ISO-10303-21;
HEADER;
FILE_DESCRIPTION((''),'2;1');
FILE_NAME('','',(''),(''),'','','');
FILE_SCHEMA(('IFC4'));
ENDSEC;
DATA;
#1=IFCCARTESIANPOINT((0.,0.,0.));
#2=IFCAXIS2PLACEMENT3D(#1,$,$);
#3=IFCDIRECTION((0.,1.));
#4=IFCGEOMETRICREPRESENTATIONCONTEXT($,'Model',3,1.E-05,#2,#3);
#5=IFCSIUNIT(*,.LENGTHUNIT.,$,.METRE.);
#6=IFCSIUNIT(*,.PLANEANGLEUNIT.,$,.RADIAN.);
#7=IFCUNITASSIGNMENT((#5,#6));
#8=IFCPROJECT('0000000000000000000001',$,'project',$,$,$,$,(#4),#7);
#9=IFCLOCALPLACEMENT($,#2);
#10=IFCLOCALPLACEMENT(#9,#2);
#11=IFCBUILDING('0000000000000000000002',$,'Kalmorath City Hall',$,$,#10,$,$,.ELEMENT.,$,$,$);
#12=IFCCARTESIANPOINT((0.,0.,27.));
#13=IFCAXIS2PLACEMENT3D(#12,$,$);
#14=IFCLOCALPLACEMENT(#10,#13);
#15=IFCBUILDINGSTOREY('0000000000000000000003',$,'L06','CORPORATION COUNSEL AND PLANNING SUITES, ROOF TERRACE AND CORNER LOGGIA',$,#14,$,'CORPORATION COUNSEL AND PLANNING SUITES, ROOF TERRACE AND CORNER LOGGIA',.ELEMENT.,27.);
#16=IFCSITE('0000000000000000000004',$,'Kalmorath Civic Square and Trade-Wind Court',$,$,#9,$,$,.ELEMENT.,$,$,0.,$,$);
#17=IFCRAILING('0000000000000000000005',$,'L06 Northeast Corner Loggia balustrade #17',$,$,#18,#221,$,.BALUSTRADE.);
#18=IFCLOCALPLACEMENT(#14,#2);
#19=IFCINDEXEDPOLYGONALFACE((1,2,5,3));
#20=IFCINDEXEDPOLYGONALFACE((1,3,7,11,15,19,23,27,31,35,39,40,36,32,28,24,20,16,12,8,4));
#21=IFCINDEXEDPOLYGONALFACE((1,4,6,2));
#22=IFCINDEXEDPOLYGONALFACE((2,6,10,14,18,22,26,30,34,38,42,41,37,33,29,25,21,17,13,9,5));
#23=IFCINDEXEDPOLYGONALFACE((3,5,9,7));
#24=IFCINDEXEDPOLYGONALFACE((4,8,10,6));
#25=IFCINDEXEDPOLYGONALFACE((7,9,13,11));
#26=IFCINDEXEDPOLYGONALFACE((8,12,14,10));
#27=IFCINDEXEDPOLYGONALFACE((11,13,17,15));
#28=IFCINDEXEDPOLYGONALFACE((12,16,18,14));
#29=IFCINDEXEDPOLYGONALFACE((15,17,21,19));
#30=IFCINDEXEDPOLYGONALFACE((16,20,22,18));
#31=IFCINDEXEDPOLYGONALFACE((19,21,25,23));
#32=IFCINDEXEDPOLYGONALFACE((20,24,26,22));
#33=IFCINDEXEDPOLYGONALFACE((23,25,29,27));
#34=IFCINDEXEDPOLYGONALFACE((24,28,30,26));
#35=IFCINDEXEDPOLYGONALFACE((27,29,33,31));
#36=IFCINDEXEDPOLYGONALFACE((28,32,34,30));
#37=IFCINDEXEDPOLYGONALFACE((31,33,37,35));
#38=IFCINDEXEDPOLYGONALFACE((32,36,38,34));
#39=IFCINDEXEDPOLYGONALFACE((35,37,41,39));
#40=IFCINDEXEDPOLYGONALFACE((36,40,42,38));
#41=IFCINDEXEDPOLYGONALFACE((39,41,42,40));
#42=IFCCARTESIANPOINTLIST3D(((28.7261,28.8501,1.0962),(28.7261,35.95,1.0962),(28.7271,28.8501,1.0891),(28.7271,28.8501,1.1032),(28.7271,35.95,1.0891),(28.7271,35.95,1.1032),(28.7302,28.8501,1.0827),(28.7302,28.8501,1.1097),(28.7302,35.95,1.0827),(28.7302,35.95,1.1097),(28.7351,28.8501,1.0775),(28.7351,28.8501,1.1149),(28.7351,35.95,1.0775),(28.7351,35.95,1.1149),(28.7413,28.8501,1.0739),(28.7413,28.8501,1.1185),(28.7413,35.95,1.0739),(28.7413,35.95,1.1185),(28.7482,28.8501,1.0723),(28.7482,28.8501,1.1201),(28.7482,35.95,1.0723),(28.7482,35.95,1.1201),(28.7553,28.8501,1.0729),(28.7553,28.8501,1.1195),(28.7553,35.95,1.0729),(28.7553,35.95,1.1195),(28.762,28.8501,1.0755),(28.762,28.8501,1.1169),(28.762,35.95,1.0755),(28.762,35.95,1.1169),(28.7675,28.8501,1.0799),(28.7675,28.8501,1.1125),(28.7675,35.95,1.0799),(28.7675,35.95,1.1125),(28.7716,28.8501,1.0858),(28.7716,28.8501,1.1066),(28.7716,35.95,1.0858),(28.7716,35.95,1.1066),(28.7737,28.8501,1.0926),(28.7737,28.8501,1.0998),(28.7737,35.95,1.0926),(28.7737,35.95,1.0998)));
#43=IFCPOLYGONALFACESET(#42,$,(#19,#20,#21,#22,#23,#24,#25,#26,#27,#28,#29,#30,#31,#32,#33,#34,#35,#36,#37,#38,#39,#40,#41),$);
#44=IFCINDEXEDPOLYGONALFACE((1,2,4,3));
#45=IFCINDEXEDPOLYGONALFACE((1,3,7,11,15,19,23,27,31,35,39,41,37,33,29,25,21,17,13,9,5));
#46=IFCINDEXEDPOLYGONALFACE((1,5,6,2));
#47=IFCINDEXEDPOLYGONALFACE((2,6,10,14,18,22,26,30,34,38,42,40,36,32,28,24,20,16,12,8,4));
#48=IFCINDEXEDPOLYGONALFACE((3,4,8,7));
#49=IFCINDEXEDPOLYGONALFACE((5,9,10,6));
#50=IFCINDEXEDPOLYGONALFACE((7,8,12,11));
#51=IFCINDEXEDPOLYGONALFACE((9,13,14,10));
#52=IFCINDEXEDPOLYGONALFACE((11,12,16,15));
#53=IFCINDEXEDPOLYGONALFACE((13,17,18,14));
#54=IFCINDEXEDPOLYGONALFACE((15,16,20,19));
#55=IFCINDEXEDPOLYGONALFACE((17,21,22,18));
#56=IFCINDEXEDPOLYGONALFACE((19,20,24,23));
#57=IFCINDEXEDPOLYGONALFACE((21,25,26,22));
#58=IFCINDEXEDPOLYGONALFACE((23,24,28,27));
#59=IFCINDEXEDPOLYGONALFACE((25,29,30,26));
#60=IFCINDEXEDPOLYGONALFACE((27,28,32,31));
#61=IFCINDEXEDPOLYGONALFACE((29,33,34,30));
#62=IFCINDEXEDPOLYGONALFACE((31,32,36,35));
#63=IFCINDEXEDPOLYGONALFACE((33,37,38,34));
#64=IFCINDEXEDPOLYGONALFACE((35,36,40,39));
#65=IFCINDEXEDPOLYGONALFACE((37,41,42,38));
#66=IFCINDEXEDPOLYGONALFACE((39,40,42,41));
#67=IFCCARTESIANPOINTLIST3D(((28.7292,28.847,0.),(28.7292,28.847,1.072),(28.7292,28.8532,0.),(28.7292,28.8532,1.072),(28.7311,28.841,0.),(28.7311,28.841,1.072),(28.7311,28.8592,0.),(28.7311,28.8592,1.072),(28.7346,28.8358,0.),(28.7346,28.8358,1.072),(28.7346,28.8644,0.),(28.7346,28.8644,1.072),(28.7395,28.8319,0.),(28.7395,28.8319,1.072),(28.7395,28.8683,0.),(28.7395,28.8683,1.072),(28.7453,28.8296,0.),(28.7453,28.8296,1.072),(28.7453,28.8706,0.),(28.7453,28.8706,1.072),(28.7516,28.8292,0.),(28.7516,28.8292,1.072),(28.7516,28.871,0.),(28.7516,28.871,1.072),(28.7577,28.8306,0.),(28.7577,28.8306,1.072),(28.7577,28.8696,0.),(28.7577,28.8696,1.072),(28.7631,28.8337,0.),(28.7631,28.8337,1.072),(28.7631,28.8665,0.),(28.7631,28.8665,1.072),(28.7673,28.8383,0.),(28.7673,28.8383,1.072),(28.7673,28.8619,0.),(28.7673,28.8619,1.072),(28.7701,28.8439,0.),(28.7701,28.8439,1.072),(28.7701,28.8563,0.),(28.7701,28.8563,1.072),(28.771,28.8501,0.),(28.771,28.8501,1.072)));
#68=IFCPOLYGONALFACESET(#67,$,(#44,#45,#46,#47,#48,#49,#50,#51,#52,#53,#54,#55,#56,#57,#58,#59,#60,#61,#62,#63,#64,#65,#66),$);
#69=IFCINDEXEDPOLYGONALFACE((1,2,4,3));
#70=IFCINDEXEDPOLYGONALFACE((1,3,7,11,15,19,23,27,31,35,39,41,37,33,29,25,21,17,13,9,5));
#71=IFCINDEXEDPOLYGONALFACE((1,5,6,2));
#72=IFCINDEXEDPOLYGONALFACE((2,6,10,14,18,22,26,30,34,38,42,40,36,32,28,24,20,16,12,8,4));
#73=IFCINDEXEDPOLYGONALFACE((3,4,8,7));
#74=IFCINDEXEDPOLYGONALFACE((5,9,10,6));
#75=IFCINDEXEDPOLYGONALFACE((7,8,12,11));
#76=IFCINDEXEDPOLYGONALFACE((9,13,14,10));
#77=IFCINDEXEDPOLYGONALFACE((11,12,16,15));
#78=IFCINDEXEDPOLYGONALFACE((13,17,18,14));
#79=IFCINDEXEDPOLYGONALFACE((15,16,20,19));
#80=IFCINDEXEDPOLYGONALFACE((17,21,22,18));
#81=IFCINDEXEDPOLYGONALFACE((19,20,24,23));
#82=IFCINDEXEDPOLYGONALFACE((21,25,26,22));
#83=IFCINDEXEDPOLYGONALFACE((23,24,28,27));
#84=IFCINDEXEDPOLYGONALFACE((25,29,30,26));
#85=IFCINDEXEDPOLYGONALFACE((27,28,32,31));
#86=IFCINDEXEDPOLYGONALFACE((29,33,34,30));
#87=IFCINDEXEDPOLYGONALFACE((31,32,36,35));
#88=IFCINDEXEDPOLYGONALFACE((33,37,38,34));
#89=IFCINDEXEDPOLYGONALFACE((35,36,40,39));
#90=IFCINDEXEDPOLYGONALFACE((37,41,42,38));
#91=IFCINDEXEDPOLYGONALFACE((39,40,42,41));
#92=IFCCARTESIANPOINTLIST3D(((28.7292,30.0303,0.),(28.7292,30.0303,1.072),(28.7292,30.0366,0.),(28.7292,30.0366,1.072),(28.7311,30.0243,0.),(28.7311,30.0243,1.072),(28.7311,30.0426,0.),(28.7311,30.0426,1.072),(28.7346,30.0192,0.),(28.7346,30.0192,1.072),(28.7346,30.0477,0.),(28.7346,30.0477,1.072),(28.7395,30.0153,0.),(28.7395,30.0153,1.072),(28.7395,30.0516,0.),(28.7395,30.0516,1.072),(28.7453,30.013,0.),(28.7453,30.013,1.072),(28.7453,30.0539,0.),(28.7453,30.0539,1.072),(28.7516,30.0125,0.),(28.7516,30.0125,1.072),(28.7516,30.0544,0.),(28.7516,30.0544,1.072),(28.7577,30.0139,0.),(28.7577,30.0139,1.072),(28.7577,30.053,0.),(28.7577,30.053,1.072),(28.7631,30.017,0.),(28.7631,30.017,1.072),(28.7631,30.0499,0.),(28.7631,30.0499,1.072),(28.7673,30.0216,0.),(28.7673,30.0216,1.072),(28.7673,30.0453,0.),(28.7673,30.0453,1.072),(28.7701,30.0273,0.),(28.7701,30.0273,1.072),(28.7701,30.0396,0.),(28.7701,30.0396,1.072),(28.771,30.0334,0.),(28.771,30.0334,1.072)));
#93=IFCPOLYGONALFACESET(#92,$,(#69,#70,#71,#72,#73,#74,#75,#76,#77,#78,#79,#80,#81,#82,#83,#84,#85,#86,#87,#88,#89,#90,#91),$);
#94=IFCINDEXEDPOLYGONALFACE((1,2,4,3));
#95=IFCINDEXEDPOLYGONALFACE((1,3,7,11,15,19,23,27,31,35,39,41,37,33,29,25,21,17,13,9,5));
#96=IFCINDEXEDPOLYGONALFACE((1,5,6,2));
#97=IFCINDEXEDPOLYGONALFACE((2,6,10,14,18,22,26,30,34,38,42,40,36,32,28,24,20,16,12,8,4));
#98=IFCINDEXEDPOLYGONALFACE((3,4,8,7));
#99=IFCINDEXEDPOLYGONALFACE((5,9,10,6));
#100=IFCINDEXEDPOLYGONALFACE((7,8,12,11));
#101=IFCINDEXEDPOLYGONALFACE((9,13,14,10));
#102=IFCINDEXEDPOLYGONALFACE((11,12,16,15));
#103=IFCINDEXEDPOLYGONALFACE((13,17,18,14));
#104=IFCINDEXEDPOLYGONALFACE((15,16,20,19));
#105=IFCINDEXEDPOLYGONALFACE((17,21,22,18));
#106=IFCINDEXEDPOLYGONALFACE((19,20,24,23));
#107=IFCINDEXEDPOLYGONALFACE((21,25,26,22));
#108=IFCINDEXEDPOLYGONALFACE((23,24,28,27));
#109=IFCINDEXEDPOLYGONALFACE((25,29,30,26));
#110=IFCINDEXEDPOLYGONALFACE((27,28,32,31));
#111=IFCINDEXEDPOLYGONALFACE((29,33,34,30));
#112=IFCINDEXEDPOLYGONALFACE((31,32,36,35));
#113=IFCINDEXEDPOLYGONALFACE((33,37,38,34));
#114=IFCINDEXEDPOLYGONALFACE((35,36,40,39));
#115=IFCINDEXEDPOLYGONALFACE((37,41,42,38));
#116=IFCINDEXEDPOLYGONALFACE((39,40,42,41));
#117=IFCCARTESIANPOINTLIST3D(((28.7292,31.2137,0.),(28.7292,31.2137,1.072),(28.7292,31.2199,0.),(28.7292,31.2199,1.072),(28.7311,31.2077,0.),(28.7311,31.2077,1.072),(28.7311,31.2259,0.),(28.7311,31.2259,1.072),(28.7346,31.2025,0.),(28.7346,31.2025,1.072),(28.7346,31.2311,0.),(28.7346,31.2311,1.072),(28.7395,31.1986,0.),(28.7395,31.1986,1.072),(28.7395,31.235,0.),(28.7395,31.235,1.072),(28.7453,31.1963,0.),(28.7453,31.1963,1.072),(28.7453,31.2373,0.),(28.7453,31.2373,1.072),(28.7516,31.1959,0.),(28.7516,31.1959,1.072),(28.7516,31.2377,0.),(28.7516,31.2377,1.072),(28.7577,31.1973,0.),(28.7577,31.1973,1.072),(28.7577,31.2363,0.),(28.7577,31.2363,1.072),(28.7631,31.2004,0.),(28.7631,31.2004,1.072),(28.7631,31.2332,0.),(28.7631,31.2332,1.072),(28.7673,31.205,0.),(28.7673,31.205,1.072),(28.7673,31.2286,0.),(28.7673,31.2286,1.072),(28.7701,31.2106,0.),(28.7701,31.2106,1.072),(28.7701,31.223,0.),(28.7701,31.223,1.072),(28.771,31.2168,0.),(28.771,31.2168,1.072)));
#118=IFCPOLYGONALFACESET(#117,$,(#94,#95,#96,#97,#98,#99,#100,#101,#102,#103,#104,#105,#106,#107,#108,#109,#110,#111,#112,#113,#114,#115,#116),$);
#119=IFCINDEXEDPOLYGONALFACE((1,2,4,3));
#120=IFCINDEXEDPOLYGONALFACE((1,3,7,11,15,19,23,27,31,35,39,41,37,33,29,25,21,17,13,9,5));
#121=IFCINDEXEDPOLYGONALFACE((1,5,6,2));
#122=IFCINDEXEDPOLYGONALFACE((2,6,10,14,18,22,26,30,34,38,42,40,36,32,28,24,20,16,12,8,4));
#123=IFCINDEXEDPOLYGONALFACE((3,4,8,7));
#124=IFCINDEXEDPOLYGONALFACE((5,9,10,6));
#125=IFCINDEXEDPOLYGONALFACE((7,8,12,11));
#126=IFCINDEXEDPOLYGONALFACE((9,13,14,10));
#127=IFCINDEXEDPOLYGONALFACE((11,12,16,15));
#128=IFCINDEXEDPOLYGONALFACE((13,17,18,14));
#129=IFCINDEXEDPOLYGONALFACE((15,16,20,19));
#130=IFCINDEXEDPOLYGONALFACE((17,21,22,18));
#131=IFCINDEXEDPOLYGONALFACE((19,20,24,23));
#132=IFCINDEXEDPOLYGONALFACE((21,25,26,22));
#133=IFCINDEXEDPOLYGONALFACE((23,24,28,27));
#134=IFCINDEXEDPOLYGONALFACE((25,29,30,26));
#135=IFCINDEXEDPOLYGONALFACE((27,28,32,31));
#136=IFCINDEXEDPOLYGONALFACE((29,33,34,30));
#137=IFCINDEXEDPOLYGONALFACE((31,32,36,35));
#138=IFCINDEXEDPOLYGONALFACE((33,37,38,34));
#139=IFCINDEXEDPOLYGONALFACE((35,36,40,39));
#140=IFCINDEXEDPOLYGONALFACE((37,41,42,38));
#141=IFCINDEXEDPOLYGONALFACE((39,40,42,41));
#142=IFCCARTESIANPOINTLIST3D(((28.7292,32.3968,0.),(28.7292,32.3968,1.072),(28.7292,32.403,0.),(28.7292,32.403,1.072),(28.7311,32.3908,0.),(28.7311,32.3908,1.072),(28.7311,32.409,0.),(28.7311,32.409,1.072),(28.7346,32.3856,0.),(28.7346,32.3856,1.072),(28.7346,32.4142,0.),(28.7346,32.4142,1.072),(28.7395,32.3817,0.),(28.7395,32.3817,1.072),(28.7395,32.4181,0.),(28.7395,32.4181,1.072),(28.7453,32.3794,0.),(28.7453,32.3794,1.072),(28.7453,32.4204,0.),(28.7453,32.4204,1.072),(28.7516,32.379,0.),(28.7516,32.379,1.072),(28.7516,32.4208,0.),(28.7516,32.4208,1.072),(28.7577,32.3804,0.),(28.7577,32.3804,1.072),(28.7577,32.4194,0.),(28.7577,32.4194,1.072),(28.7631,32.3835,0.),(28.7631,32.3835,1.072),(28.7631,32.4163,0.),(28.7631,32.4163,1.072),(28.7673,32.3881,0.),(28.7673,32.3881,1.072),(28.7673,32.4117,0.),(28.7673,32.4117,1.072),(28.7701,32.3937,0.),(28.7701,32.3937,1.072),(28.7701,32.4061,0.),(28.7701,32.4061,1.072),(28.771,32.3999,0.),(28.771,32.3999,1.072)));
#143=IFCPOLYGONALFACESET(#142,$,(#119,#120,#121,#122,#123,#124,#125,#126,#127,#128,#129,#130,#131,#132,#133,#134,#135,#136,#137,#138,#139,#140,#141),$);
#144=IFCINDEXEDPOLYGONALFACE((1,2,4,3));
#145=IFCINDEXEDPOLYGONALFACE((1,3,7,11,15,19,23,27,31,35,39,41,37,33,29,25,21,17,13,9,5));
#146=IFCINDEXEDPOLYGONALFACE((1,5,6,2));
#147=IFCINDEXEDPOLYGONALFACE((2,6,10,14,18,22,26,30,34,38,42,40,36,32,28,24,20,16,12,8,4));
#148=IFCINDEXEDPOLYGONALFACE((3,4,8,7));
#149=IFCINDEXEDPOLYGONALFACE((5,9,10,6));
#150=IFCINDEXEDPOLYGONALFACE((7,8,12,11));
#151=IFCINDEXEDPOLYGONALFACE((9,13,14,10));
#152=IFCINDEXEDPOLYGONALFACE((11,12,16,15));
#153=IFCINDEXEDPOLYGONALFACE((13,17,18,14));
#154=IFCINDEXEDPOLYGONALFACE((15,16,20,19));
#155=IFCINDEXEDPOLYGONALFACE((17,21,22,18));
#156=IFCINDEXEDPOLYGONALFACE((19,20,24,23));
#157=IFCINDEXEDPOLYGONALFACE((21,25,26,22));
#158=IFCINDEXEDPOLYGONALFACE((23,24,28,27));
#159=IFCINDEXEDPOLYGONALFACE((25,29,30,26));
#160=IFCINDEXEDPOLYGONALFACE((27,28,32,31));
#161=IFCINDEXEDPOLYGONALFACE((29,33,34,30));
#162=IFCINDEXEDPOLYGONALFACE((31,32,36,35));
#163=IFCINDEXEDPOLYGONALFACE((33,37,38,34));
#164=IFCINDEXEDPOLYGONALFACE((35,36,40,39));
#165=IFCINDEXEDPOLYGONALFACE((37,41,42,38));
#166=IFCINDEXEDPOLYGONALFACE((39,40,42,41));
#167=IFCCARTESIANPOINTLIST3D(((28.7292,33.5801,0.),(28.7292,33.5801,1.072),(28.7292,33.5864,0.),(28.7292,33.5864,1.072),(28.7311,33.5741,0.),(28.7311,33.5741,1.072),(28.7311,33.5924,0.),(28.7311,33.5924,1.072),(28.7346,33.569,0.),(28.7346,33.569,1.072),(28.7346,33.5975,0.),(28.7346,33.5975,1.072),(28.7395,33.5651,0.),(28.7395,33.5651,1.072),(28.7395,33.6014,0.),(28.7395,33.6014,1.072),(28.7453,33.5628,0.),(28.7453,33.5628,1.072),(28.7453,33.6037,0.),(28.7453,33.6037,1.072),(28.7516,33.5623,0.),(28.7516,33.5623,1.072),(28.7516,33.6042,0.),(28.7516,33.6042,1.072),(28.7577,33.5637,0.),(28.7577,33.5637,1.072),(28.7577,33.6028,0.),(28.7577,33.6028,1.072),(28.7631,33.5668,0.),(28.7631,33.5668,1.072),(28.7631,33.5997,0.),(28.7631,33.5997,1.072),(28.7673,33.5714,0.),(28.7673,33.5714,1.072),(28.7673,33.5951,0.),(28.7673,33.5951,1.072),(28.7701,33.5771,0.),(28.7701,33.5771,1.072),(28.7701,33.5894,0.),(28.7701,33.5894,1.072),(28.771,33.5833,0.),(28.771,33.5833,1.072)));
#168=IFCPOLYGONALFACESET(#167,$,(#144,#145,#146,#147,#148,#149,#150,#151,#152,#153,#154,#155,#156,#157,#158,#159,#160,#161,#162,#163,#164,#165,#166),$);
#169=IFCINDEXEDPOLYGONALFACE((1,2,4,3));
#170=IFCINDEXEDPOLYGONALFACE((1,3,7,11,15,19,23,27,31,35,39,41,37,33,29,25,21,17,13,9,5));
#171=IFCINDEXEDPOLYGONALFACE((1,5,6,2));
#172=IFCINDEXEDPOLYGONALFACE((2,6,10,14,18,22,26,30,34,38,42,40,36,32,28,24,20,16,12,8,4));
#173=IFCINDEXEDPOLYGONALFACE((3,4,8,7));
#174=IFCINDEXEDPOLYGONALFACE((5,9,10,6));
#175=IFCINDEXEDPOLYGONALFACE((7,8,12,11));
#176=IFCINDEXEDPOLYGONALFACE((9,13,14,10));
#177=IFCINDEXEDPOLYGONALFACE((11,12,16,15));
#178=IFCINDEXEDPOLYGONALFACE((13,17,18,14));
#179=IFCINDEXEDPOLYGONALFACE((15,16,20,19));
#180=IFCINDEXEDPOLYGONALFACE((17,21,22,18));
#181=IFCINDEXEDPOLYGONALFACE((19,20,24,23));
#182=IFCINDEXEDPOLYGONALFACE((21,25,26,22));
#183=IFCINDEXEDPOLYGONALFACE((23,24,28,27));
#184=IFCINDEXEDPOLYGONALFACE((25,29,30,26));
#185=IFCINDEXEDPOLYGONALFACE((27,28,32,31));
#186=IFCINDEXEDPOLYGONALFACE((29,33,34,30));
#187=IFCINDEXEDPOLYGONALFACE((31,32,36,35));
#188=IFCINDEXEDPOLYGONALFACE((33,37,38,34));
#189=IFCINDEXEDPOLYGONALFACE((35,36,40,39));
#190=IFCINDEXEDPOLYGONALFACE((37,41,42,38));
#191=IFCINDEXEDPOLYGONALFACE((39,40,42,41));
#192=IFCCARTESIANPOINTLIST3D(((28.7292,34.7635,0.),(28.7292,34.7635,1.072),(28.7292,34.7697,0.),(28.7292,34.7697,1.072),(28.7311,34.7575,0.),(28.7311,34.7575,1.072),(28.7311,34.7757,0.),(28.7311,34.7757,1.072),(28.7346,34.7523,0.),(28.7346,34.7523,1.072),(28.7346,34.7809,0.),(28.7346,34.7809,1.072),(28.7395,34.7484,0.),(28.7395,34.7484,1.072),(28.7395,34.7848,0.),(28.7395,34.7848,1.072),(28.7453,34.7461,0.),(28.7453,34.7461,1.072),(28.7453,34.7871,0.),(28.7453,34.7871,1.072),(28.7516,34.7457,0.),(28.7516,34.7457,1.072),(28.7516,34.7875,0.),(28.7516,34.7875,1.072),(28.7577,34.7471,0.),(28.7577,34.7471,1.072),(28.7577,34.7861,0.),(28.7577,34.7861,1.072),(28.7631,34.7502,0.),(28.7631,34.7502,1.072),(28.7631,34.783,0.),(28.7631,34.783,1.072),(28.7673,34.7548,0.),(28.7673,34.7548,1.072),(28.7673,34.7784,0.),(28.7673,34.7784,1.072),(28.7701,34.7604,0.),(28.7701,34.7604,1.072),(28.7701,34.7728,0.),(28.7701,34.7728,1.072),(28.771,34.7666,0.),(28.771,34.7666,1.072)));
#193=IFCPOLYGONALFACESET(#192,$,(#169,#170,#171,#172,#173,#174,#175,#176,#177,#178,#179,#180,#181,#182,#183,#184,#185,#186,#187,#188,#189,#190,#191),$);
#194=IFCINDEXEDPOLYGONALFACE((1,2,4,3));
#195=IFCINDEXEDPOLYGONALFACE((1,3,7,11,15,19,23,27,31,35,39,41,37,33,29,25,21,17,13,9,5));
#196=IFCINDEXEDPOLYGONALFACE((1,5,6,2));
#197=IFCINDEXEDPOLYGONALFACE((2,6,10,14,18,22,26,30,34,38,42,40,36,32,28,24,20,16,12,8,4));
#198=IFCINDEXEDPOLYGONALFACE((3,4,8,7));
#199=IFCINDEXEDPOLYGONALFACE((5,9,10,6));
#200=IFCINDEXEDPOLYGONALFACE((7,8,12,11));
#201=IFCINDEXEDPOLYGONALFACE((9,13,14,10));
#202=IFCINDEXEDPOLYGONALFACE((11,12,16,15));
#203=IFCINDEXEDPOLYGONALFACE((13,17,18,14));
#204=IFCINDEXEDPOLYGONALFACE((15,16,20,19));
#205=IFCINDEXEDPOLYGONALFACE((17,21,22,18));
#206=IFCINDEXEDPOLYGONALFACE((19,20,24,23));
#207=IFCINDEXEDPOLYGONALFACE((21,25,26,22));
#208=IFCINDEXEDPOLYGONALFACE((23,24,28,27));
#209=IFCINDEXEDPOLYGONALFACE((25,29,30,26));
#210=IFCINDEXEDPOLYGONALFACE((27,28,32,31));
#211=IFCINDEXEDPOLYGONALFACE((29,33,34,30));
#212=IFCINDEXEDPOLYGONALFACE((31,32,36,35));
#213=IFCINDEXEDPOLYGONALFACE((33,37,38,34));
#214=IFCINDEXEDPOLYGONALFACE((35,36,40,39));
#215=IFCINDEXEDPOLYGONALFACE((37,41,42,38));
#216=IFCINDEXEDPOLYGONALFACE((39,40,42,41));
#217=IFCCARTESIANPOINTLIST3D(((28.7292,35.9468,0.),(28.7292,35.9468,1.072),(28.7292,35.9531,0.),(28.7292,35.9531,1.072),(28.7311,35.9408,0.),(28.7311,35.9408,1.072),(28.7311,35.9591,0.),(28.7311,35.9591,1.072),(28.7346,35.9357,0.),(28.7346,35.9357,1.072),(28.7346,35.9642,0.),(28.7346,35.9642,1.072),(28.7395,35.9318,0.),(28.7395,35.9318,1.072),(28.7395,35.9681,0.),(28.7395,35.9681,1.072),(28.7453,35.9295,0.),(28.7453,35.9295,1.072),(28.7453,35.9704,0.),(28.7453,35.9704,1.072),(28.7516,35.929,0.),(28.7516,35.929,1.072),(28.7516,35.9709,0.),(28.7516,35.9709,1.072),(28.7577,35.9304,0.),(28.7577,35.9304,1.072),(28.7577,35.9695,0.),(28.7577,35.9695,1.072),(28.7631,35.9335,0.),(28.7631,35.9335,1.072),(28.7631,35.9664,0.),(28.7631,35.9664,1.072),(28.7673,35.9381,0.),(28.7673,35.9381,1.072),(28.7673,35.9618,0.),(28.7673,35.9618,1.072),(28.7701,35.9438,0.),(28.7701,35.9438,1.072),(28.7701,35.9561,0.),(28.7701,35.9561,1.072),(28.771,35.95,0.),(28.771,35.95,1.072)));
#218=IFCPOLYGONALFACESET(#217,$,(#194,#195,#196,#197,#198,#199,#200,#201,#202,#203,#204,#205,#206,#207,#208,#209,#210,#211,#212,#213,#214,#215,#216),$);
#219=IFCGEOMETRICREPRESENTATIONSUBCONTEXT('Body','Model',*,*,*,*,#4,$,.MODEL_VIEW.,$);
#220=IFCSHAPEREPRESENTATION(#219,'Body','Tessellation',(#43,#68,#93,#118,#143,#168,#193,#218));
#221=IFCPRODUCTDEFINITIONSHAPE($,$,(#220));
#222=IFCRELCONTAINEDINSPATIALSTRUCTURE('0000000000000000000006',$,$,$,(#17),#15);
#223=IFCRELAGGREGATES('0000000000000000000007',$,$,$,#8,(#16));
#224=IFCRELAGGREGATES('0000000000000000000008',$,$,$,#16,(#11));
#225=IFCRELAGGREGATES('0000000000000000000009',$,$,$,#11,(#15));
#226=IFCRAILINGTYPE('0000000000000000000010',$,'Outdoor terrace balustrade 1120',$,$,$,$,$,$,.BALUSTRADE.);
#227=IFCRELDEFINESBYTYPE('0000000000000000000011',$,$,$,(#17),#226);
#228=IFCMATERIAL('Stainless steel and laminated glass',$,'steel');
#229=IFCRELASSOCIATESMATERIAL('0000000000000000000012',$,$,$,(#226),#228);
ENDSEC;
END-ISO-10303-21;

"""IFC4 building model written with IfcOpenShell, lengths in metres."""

from ifc_helpers import new_model, si_unit, direction, frame, origin, origin_2d, place, context, subcontext, project, spatial, circle, extrude, material, type_object, element, save


model = new_model("IFC4")

# Units and contexts
model_context = context("Model", 3, precision=1e-05, world=origin(), true_north=direction((0.0, 1.0)))
body_context = subcontext(model_context, "Body", "Model", "MODEL_VIEW")
ifc_project = project(units=[si_unit("LENGTHUNIT", "METRE"), si_unit("PLANEANGLEUNIT", "RADIAN")], contexts=[model_context])

# Site, building, storey
site_placement = place(None, origin())
site = spatial("IfcSite", under=ifc_project, at=site_placement, Name="Kalmorath Civic Square and Trade-Wind Court", CompositionType="ELEMENT", RefElevation=0.0)
building_placement = place(site_placement, origin())
building = spatial("IfcBuilding", under=site, at=building_placement, Name="Kalmorath City Hall", CompositionType="ELEMENT")
storey_placement = place(building_placement, frame((0.0, 0.0, 27.0)))
storey = spatial("IfcBuildingStorey", under=building, at=storey_placement, Name="L06", Description="CORPORATION COUNSEL AND PLANNING SUITES, ROOF TERRACE AND CORNER LOGGIA", LongName="CORPORATION COUNSEL AND PLANNING SUITES, ROOF TERRACE AND CORNER LOGGIA", CompositionType="ELEMENT", Elevation=27.0)

# Railing
ifc_material_1 = material(Name="Stainless steel and laminated glass", Category="steel")
railing_type = type_object("IfcRailingType", Name="Outdoor terrace balustrade 1120", PredefinedType="BALUSTRADE", material=ifc_material_1)
railing_placement = place(storey_placement, frame((28.75, 28.8501, 0.0)))
element("IfcRailing", 1, at=railing_placement, inside=storey, type_object=railing_type, Name="L06 Northeast Corner Loggia balustrade #17", PredefinedType="BALUSTRADE", context=body_context, shape_type="SweptSolid", body=[
    extrude(circle(Radius=0.0239, at=origin_2d()), frame((0.0, 0.0, 1.0962), z_axis=(0.0, 1.0, 0.0), x_axis=(-1.0, 0.0, 0.0)), (0.0, 0.0, 1.0), 7.0999),
    extrude(circle(Radius=0.021, at=origin_2d()), origin(), (0.0, 0.0, 1.0), 1.072),
    extrude(circle(Radius=0.021, at=origin_2d()), frame((0.0, 1.1833, 0.0)), (0.0, 0.0, 1.0), 1.072),
    extrude(circle(Radius=0.021, at=origin_2d()), frame((0.0, 2.3667, 0.0)), (0.0, 0.0, 1.0), 1.072),
    extrude(circle(Radius=0.021, at=origin_2d()), frame((0.0, 3.5498, 0.0)), (0.0, 0.0, 1.0), 1.072),
    extrude(circle(Radius=0.021, at=origin_2d()), frame((0.0, 4.7332, 0.0)), (0.0, 0.0, 1.0), 1.072),
    extrude(circle(Radius=0.021, at=origin_2d()), frame((0.0, 5.9165, 0.0)), (0.0, 0.0, 1.0), 1.072),
    extrude(circle(Radius=0.021, at=origin_2d()), frame((0.0, 7.0999, 0.0)), (0.0, 0.0, 1.0), 1.072),
])

save(model, "model.ifc")
